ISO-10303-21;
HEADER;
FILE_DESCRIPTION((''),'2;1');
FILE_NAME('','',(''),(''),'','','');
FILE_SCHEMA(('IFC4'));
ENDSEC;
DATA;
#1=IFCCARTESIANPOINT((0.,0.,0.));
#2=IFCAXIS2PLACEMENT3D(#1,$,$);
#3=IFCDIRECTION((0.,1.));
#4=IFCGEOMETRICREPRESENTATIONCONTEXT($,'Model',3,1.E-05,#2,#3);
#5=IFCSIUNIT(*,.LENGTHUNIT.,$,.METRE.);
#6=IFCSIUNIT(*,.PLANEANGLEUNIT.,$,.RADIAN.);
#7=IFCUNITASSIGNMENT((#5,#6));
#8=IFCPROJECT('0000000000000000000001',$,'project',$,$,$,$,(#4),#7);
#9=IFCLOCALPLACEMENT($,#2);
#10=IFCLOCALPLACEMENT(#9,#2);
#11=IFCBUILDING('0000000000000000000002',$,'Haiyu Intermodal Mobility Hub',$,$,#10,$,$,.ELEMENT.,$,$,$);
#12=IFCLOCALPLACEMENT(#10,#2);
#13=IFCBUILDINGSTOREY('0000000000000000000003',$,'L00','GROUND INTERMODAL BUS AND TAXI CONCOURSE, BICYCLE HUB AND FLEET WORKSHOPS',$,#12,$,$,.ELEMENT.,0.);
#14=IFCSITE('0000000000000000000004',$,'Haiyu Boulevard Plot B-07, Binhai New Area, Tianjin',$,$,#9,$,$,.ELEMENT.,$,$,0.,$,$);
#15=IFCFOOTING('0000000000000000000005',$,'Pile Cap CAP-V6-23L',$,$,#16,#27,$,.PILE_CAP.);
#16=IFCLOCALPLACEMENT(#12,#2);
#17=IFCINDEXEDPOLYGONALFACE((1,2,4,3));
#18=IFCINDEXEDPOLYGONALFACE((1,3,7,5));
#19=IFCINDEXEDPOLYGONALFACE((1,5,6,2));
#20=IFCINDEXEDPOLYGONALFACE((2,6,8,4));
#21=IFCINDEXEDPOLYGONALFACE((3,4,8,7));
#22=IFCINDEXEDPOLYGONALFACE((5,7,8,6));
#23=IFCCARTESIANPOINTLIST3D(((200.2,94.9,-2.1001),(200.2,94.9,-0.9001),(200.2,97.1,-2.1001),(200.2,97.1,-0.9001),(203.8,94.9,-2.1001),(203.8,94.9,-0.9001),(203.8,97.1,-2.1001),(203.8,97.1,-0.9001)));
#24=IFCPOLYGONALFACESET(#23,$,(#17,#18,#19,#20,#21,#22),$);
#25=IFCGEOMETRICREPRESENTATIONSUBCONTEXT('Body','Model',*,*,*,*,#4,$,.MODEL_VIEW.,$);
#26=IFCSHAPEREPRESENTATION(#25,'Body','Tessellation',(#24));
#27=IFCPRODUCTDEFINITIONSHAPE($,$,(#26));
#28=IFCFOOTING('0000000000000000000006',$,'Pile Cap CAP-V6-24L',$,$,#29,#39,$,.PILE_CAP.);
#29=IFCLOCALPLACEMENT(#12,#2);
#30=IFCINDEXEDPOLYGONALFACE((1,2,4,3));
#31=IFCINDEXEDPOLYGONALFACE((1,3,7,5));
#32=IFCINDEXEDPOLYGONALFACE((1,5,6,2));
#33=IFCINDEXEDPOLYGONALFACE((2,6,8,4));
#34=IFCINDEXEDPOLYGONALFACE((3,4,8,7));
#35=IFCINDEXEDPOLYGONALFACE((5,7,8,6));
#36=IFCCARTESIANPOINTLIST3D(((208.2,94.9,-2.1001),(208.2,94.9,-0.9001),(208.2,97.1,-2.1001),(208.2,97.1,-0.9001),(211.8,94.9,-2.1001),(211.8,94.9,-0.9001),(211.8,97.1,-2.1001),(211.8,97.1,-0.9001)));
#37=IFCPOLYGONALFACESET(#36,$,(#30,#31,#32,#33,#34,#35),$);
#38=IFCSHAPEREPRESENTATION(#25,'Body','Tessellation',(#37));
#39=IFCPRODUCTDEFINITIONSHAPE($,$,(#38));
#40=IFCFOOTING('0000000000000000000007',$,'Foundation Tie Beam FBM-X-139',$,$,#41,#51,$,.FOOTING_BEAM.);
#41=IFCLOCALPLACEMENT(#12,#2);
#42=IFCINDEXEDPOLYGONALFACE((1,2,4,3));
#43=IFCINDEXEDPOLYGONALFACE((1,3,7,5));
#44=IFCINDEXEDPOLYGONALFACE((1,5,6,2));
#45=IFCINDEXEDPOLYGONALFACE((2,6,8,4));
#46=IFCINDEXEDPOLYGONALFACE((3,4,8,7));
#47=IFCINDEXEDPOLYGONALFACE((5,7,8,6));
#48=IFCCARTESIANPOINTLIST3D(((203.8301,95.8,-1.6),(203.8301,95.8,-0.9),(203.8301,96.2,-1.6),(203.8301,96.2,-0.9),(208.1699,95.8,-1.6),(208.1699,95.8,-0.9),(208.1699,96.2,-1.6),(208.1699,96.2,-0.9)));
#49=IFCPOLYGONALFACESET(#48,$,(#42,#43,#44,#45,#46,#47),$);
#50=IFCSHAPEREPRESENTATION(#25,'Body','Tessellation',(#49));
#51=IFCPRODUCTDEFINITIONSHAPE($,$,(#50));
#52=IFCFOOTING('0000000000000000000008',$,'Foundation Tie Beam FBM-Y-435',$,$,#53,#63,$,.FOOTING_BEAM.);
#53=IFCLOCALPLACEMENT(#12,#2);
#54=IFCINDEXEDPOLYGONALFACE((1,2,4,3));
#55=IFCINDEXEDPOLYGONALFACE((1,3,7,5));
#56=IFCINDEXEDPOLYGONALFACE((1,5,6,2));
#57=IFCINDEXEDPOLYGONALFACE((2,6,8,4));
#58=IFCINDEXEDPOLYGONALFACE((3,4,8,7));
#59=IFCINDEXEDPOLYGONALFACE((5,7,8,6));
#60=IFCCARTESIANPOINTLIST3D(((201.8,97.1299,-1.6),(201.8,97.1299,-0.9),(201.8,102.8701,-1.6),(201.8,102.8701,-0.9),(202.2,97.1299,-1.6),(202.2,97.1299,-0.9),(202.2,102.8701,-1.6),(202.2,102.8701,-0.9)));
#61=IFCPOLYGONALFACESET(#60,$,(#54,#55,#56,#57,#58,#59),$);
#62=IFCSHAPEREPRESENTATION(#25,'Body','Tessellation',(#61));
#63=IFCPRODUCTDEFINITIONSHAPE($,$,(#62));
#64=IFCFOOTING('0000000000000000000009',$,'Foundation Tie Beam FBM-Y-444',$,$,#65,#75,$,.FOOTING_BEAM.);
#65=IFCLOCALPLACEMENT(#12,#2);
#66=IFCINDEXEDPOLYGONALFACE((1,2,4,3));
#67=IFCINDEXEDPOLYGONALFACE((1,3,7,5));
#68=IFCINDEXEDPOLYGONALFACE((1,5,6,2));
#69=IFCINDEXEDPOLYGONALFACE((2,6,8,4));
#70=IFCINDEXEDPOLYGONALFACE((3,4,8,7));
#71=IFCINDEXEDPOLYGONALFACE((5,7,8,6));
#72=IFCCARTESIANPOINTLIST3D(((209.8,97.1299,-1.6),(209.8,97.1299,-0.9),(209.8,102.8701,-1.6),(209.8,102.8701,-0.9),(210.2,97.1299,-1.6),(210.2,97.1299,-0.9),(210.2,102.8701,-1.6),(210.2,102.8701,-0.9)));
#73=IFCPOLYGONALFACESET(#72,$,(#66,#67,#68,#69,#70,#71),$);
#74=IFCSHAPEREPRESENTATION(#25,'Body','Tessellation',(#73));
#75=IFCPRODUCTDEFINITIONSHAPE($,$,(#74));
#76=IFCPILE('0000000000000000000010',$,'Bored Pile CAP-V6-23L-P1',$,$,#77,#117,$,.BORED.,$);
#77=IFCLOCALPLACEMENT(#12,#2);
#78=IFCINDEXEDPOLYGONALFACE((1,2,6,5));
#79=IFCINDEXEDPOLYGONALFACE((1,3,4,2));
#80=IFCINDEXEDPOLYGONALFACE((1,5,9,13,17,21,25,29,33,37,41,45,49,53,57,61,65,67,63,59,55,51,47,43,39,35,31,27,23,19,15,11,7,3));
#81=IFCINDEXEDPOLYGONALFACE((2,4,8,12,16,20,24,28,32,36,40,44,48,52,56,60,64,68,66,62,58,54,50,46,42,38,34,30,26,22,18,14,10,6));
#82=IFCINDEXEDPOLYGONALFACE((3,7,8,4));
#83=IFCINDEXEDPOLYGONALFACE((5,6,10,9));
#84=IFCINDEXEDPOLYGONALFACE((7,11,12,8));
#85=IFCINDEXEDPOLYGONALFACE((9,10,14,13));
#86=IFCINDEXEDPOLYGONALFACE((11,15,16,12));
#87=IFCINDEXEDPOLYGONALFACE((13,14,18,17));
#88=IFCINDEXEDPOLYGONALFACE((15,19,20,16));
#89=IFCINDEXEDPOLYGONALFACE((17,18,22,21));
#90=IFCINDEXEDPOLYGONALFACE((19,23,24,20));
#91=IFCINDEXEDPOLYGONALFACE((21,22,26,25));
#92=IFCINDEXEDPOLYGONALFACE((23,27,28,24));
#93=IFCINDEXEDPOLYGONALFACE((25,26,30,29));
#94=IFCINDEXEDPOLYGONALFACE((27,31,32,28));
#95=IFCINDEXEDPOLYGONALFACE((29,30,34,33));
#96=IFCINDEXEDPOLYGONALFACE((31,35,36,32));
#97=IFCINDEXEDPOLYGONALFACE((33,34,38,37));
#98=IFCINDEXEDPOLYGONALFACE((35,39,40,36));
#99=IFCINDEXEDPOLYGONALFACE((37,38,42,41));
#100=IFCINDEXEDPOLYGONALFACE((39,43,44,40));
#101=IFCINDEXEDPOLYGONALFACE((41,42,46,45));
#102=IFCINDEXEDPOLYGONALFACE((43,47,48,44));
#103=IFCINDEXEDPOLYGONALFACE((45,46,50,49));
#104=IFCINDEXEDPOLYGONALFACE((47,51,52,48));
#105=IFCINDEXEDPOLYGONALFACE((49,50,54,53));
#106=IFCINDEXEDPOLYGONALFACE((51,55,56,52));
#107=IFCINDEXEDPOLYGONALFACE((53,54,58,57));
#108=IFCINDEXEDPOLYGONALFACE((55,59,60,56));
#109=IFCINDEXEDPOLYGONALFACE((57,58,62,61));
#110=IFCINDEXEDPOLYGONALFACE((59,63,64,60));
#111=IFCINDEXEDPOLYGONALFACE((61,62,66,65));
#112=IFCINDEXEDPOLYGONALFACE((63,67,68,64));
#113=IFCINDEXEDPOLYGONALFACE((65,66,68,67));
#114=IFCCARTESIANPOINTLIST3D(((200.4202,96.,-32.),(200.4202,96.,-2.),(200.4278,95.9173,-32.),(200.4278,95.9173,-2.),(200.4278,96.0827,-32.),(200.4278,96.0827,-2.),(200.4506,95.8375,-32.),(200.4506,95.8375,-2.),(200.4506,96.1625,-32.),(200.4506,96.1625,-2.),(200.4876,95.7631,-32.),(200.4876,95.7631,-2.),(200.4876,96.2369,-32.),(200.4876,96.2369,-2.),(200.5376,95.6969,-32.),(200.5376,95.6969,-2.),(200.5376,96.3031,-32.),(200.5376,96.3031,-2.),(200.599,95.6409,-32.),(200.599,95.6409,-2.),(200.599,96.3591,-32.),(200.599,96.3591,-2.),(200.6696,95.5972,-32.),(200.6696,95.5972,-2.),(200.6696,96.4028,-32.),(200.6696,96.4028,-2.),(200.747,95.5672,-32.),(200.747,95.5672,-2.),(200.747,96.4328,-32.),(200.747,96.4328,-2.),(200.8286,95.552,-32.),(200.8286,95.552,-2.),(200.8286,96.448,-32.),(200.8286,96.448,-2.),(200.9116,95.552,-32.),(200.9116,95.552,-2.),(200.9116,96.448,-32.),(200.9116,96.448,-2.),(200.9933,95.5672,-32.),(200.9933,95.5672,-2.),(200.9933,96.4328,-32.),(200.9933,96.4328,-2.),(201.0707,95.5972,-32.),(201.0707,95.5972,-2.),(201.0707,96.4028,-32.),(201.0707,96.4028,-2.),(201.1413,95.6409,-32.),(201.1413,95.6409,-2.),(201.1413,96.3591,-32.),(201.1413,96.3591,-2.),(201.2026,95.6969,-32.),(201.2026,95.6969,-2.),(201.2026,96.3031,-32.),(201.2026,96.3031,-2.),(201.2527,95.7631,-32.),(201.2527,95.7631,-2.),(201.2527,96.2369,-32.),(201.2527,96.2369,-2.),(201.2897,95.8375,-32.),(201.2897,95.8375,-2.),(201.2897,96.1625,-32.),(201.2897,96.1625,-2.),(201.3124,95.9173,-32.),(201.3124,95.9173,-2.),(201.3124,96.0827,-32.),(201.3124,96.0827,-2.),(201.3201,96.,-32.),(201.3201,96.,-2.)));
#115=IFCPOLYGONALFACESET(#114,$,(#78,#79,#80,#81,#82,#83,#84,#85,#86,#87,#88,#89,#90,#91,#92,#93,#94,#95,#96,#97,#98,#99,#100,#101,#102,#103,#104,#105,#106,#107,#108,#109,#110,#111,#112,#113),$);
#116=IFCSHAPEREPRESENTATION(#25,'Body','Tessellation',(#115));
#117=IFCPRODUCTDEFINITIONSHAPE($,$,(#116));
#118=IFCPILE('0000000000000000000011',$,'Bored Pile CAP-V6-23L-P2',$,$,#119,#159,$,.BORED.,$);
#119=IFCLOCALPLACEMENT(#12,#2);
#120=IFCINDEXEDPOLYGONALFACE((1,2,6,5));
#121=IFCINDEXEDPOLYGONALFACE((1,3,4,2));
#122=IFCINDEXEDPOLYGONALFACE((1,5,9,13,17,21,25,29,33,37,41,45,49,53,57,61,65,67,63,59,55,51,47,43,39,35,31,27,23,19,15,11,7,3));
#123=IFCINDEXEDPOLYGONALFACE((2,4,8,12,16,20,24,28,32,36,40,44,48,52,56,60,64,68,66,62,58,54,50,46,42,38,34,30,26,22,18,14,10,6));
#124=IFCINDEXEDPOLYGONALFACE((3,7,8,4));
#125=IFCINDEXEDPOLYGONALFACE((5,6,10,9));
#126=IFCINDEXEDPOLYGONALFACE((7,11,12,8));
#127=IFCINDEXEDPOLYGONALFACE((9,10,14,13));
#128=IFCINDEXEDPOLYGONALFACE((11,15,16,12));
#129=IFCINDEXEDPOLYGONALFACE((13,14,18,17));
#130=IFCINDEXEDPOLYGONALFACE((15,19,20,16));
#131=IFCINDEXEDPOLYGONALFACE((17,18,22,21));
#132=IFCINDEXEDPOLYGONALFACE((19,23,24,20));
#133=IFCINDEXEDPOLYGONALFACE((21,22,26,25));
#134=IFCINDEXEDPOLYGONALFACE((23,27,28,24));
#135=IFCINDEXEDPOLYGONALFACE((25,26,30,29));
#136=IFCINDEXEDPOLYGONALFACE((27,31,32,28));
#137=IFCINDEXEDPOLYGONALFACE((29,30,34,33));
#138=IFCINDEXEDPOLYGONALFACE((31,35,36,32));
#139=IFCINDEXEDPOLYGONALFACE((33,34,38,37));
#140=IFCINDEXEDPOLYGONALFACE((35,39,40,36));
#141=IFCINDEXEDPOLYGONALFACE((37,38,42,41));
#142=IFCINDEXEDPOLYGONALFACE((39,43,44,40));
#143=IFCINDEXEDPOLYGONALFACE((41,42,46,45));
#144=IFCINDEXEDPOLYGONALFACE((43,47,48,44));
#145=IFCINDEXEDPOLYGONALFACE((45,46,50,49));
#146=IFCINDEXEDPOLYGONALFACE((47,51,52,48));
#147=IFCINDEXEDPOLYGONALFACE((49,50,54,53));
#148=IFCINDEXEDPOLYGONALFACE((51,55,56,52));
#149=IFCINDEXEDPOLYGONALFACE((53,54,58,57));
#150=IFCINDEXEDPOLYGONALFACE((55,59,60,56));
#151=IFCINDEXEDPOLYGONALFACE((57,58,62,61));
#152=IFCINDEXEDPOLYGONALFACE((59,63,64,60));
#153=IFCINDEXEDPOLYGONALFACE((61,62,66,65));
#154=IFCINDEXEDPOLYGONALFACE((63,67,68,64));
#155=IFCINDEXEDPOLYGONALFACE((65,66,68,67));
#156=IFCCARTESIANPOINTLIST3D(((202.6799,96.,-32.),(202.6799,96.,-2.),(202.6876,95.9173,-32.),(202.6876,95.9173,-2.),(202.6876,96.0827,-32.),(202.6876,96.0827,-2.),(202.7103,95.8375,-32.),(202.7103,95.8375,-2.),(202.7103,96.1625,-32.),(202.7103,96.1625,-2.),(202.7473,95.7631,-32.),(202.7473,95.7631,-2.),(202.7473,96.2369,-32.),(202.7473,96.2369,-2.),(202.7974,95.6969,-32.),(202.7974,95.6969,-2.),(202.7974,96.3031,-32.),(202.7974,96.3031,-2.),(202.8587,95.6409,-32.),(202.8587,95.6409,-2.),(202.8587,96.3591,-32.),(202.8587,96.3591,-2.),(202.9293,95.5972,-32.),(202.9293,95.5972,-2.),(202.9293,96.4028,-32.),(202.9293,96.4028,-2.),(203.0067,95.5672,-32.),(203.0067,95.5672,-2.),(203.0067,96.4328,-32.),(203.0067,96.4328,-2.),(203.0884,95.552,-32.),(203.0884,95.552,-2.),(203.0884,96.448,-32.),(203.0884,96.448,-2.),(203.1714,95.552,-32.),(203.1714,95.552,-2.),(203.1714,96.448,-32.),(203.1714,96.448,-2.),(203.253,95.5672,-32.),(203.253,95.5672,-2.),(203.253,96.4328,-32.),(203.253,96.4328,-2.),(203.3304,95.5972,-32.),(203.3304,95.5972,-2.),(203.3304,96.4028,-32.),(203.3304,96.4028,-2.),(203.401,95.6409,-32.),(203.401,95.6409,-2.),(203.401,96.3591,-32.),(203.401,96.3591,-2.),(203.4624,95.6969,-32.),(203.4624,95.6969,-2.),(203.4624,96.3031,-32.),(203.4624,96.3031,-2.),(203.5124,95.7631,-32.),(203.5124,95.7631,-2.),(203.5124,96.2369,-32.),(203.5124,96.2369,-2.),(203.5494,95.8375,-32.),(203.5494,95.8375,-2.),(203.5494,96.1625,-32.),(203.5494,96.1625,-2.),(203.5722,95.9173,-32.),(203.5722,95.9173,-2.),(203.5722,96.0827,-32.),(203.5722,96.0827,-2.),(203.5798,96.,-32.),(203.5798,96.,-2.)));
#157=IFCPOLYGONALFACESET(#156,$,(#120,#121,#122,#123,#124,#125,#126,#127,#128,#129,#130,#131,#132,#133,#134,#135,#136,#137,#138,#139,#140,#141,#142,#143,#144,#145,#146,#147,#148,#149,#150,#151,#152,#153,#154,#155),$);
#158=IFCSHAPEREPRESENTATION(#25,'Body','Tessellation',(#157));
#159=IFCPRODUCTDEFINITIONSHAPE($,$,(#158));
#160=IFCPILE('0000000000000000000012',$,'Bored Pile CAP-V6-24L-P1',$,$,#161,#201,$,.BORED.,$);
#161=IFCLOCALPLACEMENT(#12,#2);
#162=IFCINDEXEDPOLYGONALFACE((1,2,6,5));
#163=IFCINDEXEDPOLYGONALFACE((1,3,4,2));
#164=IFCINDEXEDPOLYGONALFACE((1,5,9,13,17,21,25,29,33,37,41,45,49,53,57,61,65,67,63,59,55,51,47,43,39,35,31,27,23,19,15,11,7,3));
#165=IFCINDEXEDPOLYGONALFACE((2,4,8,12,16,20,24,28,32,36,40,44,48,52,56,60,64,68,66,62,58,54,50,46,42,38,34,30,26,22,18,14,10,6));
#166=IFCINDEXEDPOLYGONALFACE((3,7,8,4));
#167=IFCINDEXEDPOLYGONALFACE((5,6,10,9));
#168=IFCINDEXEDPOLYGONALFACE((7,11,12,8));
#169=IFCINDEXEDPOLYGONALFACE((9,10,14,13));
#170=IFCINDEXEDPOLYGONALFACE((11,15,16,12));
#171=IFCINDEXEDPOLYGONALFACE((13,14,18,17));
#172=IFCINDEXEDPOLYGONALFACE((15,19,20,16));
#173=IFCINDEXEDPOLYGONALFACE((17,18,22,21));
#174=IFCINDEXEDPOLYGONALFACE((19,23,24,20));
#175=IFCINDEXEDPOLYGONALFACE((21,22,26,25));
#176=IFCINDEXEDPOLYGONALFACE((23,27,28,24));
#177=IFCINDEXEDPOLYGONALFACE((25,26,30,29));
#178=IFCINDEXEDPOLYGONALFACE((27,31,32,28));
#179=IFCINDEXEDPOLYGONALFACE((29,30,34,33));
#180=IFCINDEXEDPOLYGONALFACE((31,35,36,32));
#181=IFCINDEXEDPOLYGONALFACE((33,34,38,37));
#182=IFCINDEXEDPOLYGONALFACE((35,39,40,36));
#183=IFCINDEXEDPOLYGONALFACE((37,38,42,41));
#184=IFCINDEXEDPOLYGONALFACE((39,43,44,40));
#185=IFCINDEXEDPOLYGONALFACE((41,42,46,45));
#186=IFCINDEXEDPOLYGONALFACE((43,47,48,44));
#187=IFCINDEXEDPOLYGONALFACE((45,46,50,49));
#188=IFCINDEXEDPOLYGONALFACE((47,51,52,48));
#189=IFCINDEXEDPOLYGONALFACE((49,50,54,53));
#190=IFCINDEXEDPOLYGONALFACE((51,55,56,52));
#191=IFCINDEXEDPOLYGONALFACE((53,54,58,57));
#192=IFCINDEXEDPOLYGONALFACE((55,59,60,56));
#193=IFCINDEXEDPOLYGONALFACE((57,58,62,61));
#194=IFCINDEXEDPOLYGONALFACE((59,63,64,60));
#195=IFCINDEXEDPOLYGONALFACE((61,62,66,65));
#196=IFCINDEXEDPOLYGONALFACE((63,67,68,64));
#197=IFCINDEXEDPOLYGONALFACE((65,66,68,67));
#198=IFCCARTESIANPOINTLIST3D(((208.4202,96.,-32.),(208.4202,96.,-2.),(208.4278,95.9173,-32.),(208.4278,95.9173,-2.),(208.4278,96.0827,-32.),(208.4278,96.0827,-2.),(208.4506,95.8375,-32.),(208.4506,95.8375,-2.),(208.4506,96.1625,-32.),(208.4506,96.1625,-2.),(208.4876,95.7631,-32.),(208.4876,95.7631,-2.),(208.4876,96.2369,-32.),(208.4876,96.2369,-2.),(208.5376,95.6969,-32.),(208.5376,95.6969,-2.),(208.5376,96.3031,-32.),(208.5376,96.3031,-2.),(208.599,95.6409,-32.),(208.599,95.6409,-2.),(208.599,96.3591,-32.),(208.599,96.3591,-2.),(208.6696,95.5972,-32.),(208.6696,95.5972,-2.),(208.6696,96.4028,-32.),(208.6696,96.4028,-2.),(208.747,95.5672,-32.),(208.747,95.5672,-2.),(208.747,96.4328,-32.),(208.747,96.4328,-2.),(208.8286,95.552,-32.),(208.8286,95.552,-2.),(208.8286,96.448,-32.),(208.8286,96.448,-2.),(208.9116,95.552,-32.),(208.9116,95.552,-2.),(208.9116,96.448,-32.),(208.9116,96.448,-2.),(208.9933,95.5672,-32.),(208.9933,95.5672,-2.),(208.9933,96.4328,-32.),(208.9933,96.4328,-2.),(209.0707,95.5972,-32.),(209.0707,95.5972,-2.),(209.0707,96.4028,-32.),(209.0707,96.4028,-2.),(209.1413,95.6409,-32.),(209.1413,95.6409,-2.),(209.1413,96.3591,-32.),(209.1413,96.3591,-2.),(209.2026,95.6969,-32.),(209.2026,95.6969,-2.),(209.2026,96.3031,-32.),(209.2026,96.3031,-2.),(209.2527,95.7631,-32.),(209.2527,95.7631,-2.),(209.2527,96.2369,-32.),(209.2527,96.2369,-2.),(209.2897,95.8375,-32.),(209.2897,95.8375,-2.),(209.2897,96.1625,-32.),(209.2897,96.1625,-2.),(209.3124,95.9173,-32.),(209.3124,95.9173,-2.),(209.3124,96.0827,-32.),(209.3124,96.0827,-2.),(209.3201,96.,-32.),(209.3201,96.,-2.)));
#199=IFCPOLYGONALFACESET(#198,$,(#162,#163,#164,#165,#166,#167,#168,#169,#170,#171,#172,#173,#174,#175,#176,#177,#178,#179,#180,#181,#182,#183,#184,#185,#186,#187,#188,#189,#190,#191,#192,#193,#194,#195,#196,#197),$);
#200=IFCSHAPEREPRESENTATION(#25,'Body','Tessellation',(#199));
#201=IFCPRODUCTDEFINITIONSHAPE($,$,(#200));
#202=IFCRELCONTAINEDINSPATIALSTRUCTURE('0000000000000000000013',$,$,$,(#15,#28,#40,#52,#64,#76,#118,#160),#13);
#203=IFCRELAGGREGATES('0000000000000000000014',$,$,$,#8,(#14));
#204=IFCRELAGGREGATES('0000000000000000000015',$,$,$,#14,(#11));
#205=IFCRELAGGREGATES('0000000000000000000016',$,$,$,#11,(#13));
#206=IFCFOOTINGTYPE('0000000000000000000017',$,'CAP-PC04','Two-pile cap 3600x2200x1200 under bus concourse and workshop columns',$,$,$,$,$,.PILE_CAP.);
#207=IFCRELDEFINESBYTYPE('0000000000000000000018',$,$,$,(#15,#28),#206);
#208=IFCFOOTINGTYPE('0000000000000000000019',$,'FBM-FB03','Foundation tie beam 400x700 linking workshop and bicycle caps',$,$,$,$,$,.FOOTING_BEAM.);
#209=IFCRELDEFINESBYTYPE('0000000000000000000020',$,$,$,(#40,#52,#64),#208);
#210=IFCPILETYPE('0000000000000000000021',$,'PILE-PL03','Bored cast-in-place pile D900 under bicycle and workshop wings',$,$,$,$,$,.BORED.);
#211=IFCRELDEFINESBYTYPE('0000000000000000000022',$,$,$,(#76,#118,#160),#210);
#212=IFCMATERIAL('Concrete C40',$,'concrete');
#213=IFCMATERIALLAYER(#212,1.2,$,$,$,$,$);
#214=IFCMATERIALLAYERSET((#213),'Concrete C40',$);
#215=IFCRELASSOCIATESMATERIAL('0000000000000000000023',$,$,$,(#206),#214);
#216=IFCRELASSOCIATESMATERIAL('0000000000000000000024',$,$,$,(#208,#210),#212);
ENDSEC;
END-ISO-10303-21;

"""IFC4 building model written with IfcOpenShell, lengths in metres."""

from ifc_helpers import new_model, si_unit, direction, frame, origin, origin_2d, place, context, subcontext, project, spatial, rectangle, circle, extrude, material, layer, layer_set, material_profile, profile_set, type_object, element, save


model = new_model("IFC4")

# Units and contexts
model_context = context("Model", 3, precision=1e-05, world=origin(), true_north=direction((0.0, 1.0)))
body_context = subcontext(model_context, "Body", "Model", "MODEL_VIEW")
ifc_project = project(units=[si_unit("LENGTHUNIT", "METRE"), si_unit("PLANEANGLEUNIT", "RADIAN")], contexts=[model_context])

# Site, building, storey
site_placement = place(None, origin())
site = spatial("IfcSite", under=ifc_project, at=site_placement, Name="Haiyu Boulevard Plot B-07, Binhai New Area, Tianjin", CompositionType="ELEMENT", RefElevation=0.0)
building_placement = place(site_placement, origin())
building = spatial("IfcBuilding", under=site, at=building_placement, Name="Haiyu Intermodal Mobility Hub", CompositionType="ELEMENT")
storey_placement = place(building_placement, origin())
storey = spatial("IfcBuildingStorey", under=building, at=storey_placement, Name="L00", Description="GROUND INTERMODAL BUS AND TAXI CONCOURSE, BICYCLE HUB AND FLEET WORKSHOPS", CompositionType="ELEMENT", Elevation=0.0)

# Footings
ifc_material_1 = material(Name="Concrete C40", Category="concrete")
ifc_layer_1 = layer(ifc_material_1, 1.2)
ifc_layer_set_1 = layer_set([ifc_layer_1], Name="Concrete C40")
footing_type_1 = type_object("IfcFootingType", Name="CAP-PC04", Description="Two-pile cap 3600x2200x1200 under bus concourse and workshop columns", PredefinedType="PILE_CAP", material=ifc_layer_set_1)
for number, where, z_axis, x_axis, name in (
    (1, (202.0, 96.0, -2.1001), (0.0, 0.0, 1.0), (1.0, 0.0, 0.0), "Pile Cap CAP-V6-23L"),
    (2, (210.0, 96.0, -2.1001), (0.0, 0.0, 1.0), (1.0, 0.0, 0.0), "Pile Cap CAP-V6-24L"),
):
    element("IfcFooting", number, at=place(storey_placement, frame(where, z_axis=z_axis, x_axis=x_axis)), inside=storey, type_object=footing_type_1, Name=name, PredefinedType="PILE_CAP", context=body_context, shape_type="SweptSolid", body=[
        extrude(rectangle(XDim=3.6001, YDim=2.2, at=origin_2d()), origin(), (0.0, 0.0, 1.0), 1.2),
    ])
ifc_material_profile_1 = material_profile(ifc_material_1, rectangle(XDim=0.3999, YDim=0.7, at=origin_2d()), Name="FB400x700")
ifc_profile_set_1 = profile_set([ifc_material_profile_1], Name="Concrete C40")
footing_type_2 = type_object("IfcFootingType", Name="FBM-FB03", Description="Foundation tie beam 400x700 linking workshop and bicycle caps", PredefinedType="FOOTING_BEAM", material=ifc_profile_set_1)
footing_placement = place(storey_placement, frame((203.8301, 96.0, -1.25), z_axis=(1.0, 0.0, 0.0), x_axis=(0.0, 1.0, 0.0)))
element("IfcFooting", 3, at=footing_placement, inside=storey, type_object=footing_type_2, Name="Foundation Tie Beam FBM-X-139", PredefinedType="FOOTING_BEAM", context=body_context, shape_type="SweptSolid", body=[
    extrude(rectangle(XDim=0.3999, YDim=0.7, at=origin_2d()), origin(), (0.0, 0.0, 1.0), 4.3398),
])
for number, where, z_axis, x_axis, name in (
    (4, (202.0, 97.1299, -1.25), (0.0, 1.0, 0.0), (-1.0, 0.0, 0.0), "Foundation Tie Beam FBM-Y-435"),
    (5, (210.0, 97.1299, -1.25), (0.0, 1.0, 0.0), (-1.0, 0.0, 0.0), "Foundation Tie Beam FBM-Y-444"),
):
    element("IfcFooting", number, at=place(storey_placement, frame(where, z_axis=z_axis, x_axis=x_axis)), inside=storey, type_object=footing_type_2, Name=name, PredefinedType="FOOTING_BEAM", context=body_context, shape_type="SweptSolid", body=[
        extrude(rectangle(XDim=0.3999, YDim=0.7, at=origin_2d()), origin(), (0.0, 0.0, 1.0), 5.7402),
    ])

# Piles
ifc_material_profile_2 = material_profile(ifc_material_1, circle(Radius=0.45, at=origin_2d()), Name="PILE-D900")
ifc_profile_set_2 = profile_set([ifc_material_profile_2], Name="Concrete C40")
pile_type = type_object("IfcPileType", Name="PILE-PL03", Description="Bored cast-in-place pile D900 under bicycle and workshop wings", PredefinedType="BORED", material=ifc_profile_set_2)
for number, where, z_axis, x_axis, name in (
    (6, (200.8701, 96.0, -2.0), (0.0, 0.0, -1.0), (1.0, 0.0, 0.0), "Bored Pile CAP-V6-23L-P1"),
    (7, (203.1299, 96.0, -2.0), (0.0, 0.0, -1.0), (1.0, 0.0, 0.0), "Bored Pile CAP-V6-23L-P2"),
    (8, (208.8701, 96.0, -2.0), (0.0, 0.0, -1.0), (1.0, 0.0, 0.0), "Bored Pile CAP-V6-24L-P1"),
):
    element("IfcPile", number, at=place(storey_placement, frame(where, z_axis=z_axis, x_axis=x_axis)), inside=storey, type_object=pile_type, Name=name, PredefinedType="BORED", context=body_context, shape_type="SweptSolid", body=[
        extrude(circle(Radius=0.45, at=origin_2d()), origin(), (0.0, 0.0, 1.0), 30.0),
    ])

save(model, "model.ifc")
